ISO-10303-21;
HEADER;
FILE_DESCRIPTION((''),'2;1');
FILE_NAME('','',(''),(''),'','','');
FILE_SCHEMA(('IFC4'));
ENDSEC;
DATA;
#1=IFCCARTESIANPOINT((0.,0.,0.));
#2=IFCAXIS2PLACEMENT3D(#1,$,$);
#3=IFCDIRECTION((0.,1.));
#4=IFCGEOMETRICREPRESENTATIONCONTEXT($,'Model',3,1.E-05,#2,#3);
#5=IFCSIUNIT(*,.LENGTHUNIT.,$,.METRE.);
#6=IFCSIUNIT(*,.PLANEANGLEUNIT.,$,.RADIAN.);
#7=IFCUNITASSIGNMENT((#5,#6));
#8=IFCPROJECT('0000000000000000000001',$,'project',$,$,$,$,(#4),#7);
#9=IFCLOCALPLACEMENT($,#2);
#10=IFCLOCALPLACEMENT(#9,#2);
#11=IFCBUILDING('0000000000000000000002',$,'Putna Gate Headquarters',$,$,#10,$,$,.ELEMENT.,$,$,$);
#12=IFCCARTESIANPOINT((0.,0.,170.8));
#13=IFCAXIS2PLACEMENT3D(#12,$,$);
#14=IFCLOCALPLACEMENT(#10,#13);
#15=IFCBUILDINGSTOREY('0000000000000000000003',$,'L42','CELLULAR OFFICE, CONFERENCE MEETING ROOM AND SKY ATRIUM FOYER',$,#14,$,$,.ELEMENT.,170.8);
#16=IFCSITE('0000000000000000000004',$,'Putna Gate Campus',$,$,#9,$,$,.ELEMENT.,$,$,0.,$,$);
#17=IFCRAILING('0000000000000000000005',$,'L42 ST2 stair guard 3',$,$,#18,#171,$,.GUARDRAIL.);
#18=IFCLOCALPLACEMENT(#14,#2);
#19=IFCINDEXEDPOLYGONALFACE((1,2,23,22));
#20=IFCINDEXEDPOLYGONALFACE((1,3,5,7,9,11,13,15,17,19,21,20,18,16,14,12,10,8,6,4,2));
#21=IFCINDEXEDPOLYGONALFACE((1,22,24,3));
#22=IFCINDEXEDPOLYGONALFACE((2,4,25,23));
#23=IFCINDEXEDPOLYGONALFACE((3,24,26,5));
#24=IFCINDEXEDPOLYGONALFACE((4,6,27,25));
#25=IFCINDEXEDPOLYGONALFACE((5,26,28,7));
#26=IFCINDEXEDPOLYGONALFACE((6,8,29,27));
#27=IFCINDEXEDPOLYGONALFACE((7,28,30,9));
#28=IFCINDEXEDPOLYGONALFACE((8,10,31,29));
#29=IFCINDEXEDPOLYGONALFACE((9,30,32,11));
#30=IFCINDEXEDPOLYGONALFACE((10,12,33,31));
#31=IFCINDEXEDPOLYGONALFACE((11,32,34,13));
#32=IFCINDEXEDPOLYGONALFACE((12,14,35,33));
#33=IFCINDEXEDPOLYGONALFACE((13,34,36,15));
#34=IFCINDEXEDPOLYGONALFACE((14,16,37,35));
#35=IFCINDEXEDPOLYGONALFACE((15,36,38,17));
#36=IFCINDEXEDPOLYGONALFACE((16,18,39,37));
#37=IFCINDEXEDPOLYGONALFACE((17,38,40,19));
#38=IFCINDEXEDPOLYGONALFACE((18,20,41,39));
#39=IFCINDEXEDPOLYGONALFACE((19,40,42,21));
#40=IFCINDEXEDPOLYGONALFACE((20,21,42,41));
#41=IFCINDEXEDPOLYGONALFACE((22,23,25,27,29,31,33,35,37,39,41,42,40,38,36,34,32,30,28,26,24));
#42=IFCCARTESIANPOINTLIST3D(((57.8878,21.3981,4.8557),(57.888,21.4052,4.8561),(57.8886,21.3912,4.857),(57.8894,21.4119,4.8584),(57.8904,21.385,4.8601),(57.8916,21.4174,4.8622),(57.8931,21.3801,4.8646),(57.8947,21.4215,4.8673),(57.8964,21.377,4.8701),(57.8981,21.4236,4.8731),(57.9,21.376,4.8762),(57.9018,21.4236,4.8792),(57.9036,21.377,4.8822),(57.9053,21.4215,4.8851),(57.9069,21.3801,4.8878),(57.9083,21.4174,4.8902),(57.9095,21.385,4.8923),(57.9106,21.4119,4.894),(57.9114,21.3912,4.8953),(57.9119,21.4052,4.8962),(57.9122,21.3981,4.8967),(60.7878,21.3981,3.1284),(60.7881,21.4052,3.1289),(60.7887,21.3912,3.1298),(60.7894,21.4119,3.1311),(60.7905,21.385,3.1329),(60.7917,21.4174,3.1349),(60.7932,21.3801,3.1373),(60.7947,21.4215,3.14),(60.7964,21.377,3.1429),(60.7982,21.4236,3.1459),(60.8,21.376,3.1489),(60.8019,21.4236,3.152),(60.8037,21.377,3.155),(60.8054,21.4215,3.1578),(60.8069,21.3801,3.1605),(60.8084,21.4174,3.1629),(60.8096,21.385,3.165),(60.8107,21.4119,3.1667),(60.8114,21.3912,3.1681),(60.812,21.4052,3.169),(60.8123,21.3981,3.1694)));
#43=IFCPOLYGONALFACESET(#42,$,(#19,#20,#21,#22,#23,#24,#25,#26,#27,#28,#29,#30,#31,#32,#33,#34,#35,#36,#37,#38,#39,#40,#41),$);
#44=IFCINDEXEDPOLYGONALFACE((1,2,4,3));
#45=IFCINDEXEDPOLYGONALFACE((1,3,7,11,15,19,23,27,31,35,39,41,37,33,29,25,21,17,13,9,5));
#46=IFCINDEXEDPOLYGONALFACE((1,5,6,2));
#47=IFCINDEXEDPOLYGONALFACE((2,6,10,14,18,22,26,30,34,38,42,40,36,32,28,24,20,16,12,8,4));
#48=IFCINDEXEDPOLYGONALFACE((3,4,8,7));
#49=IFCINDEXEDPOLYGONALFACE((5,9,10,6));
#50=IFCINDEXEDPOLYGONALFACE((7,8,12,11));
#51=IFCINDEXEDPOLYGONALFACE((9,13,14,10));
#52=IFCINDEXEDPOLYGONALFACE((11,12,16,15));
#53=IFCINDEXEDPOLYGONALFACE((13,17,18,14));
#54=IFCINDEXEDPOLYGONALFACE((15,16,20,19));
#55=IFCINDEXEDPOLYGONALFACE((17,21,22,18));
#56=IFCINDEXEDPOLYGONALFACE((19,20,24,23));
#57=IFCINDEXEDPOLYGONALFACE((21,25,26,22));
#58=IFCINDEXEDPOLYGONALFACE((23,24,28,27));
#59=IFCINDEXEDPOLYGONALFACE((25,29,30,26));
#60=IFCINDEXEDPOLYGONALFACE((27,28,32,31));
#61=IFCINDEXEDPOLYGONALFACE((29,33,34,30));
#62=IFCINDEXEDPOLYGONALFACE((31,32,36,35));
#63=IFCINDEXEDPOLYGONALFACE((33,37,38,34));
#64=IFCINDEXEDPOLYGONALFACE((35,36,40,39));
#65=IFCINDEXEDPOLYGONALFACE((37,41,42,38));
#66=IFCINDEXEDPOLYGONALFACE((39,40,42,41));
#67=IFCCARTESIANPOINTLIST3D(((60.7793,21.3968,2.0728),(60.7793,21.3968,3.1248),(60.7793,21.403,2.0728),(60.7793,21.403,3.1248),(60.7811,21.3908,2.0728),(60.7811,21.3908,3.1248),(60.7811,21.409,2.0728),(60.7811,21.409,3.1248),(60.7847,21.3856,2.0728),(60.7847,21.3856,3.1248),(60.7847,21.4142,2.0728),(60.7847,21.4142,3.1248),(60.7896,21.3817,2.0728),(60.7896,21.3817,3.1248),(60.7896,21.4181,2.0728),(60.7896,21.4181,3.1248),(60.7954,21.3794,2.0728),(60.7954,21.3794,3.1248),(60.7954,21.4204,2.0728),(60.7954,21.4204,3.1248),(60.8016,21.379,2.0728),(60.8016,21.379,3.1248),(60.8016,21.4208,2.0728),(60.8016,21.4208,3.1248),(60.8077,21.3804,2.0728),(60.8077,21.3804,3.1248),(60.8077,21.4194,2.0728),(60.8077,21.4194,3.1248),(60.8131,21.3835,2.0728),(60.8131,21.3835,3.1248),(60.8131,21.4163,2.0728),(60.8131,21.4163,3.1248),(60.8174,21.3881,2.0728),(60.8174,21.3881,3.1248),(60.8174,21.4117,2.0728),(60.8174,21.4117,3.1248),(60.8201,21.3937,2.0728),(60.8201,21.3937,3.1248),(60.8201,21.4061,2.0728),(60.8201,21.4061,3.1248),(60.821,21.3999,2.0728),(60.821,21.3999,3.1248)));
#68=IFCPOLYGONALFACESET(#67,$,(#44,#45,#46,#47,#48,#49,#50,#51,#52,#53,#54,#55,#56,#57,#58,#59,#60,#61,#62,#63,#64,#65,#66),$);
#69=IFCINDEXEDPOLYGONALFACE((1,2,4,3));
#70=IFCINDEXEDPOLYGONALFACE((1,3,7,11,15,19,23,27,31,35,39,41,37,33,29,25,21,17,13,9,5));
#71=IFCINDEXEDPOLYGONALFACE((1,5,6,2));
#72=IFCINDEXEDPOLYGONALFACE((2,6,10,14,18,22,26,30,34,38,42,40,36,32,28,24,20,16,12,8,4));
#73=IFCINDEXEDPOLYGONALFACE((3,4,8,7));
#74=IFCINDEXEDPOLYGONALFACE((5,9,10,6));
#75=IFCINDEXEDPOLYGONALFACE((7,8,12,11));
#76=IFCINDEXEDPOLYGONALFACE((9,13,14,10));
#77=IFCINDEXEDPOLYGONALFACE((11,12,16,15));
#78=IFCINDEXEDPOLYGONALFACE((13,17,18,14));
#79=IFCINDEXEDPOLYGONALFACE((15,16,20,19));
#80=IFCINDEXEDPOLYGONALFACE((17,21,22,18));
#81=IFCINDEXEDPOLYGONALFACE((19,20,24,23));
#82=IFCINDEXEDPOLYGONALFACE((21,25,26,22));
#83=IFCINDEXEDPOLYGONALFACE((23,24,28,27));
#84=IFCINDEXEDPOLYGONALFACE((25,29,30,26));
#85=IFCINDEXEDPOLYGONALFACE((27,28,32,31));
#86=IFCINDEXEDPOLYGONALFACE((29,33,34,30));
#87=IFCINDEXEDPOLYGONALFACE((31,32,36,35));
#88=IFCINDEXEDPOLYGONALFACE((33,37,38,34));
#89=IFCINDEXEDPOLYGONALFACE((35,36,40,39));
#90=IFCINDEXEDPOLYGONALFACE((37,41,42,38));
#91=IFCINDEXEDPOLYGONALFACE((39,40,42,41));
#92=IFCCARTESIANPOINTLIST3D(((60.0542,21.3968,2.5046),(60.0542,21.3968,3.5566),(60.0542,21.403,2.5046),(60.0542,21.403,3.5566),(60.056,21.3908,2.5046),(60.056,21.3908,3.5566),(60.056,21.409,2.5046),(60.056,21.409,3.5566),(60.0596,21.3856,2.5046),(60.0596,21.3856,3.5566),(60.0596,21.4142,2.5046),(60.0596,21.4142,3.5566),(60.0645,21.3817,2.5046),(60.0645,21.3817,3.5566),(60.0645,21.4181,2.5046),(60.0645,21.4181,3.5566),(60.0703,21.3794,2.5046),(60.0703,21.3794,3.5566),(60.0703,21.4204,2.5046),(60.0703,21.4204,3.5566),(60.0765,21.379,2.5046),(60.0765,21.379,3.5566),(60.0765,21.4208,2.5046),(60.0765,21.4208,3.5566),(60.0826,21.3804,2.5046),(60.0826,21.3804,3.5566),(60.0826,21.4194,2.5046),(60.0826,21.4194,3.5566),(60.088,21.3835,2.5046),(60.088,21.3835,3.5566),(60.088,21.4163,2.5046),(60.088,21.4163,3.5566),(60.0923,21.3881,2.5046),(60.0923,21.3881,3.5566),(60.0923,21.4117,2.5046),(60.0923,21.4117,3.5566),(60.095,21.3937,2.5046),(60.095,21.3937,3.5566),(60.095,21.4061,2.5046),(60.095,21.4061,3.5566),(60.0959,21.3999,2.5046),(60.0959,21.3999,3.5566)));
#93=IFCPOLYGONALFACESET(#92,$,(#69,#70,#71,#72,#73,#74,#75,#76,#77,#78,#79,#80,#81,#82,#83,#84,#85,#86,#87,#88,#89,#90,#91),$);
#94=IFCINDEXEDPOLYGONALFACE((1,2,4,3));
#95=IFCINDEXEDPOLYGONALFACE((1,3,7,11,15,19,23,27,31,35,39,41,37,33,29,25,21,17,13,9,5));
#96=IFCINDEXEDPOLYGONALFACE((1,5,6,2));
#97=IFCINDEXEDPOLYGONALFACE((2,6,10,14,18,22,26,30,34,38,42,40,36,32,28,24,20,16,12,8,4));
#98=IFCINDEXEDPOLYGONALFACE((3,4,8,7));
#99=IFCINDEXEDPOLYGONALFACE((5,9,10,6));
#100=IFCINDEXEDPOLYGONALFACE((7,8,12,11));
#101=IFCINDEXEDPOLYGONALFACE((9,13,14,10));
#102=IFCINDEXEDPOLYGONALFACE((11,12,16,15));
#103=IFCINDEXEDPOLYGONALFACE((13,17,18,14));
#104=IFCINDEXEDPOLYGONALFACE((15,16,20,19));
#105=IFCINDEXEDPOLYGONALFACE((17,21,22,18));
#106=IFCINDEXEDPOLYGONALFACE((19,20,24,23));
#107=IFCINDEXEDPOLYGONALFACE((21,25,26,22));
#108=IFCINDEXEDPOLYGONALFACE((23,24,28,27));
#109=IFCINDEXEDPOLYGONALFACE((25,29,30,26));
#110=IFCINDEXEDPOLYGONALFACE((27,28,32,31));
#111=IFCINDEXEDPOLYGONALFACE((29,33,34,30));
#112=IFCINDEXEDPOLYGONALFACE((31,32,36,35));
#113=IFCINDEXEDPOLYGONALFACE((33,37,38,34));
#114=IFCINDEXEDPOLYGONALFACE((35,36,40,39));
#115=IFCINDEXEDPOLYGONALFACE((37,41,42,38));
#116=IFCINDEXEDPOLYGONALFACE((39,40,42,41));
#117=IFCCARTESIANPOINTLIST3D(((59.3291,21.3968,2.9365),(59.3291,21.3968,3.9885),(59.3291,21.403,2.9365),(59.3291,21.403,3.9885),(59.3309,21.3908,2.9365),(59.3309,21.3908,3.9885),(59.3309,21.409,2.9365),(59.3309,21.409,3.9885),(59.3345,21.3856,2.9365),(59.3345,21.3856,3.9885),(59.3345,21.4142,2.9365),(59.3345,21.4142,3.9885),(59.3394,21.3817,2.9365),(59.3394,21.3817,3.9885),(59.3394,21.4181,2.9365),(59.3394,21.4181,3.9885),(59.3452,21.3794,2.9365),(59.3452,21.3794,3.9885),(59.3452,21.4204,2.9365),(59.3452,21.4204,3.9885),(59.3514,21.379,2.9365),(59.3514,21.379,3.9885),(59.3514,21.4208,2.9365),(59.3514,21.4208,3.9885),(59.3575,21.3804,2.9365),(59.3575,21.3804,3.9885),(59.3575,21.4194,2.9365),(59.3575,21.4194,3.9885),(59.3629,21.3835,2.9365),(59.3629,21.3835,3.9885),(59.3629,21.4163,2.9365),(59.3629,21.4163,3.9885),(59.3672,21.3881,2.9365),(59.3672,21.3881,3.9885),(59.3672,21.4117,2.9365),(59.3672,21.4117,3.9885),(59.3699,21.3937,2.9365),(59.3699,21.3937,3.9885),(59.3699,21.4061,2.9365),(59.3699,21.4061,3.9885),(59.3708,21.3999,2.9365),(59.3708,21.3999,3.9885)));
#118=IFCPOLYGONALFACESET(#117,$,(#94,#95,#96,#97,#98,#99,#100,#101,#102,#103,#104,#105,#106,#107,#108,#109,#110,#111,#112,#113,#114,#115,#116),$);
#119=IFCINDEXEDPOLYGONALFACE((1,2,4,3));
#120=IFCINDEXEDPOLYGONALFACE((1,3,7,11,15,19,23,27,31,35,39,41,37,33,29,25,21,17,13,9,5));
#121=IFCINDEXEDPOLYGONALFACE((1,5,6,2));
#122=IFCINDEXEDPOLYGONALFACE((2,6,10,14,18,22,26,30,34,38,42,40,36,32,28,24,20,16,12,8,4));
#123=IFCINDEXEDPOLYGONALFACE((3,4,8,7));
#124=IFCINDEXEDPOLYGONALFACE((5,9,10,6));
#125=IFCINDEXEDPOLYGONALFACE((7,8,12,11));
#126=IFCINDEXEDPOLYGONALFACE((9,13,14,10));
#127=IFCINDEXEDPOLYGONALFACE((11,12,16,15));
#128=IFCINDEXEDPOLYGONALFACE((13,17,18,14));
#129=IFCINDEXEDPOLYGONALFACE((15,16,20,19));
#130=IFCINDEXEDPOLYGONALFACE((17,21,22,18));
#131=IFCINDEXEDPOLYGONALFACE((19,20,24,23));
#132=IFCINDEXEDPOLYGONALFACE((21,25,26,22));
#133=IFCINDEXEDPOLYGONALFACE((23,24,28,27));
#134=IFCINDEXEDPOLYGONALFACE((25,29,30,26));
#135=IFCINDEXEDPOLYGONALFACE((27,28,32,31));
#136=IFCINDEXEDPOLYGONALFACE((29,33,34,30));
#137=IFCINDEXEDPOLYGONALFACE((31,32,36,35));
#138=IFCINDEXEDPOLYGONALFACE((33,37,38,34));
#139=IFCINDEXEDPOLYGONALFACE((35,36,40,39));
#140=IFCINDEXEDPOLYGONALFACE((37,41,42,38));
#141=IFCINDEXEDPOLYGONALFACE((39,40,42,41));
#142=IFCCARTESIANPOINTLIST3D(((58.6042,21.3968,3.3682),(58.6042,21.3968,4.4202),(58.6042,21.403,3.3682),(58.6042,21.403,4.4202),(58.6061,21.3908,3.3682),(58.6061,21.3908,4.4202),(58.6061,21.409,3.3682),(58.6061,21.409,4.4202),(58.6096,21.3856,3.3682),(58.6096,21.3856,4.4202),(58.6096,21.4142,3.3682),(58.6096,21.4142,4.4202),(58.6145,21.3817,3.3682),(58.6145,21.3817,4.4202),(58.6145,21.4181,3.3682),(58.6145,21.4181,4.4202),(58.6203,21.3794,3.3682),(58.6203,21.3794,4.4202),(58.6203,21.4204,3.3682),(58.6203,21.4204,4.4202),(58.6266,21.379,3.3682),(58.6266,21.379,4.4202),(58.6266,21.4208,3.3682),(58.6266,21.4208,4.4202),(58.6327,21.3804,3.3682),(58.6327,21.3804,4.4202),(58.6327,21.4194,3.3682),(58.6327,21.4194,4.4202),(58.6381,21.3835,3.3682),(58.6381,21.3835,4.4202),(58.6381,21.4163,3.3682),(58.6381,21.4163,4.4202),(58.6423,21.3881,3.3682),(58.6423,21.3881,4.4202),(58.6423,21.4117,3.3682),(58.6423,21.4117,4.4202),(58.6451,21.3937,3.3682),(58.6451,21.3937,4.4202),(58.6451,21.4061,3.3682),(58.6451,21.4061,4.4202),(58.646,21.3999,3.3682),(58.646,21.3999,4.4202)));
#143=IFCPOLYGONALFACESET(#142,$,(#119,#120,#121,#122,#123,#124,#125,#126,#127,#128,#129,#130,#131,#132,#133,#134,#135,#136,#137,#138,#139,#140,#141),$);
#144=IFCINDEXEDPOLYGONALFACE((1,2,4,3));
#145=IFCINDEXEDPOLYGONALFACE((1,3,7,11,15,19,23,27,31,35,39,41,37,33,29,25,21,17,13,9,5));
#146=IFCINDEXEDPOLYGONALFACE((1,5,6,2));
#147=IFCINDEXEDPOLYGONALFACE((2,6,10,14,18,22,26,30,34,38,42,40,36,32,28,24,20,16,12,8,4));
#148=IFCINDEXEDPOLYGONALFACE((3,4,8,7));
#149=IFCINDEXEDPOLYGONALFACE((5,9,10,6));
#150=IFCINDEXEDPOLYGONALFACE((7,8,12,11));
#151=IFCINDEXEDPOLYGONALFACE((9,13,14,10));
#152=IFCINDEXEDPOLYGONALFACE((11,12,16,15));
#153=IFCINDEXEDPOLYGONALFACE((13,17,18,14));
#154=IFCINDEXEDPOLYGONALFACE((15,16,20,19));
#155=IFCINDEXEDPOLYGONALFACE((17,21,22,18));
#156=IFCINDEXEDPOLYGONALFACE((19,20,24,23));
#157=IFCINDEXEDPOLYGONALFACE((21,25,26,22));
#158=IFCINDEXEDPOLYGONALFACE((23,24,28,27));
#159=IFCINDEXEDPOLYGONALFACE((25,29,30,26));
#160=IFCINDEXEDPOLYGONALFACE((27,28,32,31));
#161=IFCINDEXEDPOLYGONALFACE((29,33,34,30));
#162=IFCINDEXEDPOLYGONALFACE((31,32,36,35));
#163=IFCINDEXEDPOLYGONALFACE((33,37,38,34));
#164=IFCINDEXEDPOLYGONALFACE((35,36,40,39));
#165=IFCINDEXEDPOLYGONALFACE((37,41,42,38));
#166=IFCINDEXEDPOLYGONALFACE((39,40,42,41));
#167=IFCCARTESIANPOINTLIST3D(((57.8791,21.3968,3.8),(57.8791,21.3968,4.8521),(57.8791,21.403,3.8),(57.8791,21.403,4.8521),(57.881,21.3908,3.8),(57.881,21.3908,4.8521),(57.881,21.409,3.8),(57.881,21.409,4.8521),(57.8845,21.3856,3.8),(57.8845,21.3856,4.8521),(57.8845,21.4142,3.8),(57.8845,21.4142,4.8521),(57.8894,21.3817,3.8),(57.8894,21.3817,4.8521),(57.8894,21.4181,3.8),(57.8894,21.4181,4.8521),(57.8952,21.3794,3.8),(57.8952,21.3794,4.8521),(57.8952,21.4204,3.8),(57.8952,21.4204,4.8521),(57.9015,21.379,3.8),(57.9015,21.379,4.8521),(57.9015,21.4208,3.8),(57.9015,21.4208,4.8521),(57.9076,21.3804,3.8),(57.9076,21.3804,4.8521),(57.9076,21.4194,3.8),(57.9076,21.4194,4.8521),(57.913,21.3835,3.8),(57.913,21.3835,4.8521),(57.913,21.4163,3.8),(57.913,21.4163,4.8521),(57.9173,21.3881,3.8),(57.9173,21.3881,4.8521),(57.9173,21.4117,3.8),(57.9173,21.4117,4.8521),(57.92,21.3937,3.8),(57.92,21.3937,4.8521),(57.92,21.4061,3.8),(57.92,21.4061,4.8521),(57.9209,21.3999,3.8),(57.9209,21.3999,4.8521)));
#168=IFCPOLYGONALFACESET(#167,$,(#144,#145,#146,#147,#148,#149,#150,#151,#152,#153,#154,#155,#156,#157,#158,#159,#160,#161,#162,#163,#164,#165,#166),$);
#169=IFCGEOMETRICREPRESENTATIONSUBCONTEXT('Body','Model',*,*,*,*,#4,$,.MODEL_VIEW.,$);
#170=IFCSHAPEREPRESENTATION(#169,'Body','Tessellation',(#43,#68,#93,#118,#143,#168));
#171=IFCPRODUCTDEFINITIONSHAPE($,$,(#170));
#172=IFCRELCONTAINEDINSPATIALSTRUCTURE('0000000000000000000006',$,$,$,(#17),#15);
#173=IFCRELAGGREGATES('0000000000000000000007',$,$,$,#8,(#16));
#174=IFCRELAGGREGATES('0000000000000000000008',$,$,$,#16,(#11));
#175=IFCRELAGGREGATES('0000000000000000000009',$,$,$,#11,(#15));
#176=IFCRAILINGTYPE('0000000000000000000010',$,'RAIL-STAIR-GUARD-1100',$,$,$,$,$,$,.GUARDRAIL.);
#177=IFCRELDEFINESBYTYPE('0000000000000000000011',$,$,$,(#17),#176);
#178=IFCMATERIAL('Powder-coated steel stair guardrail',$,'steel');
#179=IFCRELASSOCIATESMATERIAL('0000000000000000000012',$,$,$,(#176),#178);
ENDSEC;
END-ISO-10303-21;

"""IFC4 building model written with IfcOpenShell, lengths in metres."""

from ifc_helpers import new_model, si_unit, direction, frame, origin, origin_2d, place, context, subcontext, project, spatial, circle, extrude, material, type_object, element, save


model = new_model("IFC4")

# Units and contexts
model_context = context("Model", 3, precision=1e-05, world=origin(), true_north=direction((0.0, 1.0)))
body_context = subcontext(model_context, "Body", "Model", "MODEL_VIEW")
ifc_project = project(units=[si_unit("LENGTHUNIT", "METRE"), si_unit("PLANEANGLEUNIT", "RADIAN")], contexts=[model_context])

# Site, building, storey
site_placement = place(None, origin())
site = spatial("IfcSite", under=ifc_project, at=site_placement, Name="Putna Gate Campus", CompositionType="ELEMENT", RefElevation=0.0)
building_placement = place(site_placement, origin())
building = spatial("IfcBuilding", under=site, at=building_placement, Name="Putna Gate Headquarters", CompositionType="ELEMENT")
storey_placement = place(building_placement, frame((0.0, 0.0, 170.8)))
storey = spatial("IfcBuildingStorey", under=building, at=storey_placement, Name="L42", Description="CELLULAR OFFICE, CONFERENCE MEETING ROOM AND SKY ATRIUM FOYER", CompositionType="ELEMENT", Elevation=170.8)

# Railing
ifc_material_1 = material(Name="Powder-coated steel stair guardrail", Category="steel")
railing_type_1 = type_object("IfcRailingType", Name="RAIL-STAIR-GUARD-1100", PredefinedType="GUARDRAIL", material=ifc_material_1)
railing_1_placement = place(storey_placement, frame((60.8, 21.3999, 2.0728)))
element("IfcRailing", 1, at=railing_1_placement, inside=storey, type_object=railing_type_1, Name="L42 ST2 stair guard 3", PredefinedType="GUARDRAIL", context=body_context, shape_type="SweptSolid", body=[
    extrude(circle(Radius=0.0239, at=origin_2d()), frame((0.0, 0.0, 1.0762), z_axis=(-0.85916, 0.0, 0.511706), x_axis=(0.0, -1.0, 0.0)), (0.0, 0.0, 1.0), 3.3755),
    extrude(circle(Radius=0.021, at=origin_2d()), origin(), (0.0, 0.0, 1.0), 1.052),
    extrude(circle(Radius=0.021, at=origin_2d()), frame((-0.7251, 0.0, 0.4319)), (0.0, 0.0, 1.0), 1.052),
    extrude(circle(Radius=0.021, at=origin_2d()), frame((-1.4502, 0.0, 0.8638)), (0.0, 0.0, 1.0), 1.052),
    extrude(circle(Radius=0.021, at=origin_2d()), frame((-2.175, 0.0, 1.2954)), (0.0, 0.0, 1.0), 1.052),
    extrude(circle(Radius=0.021, at=origin_2d()), frame((-2.9001, 0.0, 1.7273)), (0.0, 0.0, 1.0), 1.052),
])

save(model, "model.ifc")
